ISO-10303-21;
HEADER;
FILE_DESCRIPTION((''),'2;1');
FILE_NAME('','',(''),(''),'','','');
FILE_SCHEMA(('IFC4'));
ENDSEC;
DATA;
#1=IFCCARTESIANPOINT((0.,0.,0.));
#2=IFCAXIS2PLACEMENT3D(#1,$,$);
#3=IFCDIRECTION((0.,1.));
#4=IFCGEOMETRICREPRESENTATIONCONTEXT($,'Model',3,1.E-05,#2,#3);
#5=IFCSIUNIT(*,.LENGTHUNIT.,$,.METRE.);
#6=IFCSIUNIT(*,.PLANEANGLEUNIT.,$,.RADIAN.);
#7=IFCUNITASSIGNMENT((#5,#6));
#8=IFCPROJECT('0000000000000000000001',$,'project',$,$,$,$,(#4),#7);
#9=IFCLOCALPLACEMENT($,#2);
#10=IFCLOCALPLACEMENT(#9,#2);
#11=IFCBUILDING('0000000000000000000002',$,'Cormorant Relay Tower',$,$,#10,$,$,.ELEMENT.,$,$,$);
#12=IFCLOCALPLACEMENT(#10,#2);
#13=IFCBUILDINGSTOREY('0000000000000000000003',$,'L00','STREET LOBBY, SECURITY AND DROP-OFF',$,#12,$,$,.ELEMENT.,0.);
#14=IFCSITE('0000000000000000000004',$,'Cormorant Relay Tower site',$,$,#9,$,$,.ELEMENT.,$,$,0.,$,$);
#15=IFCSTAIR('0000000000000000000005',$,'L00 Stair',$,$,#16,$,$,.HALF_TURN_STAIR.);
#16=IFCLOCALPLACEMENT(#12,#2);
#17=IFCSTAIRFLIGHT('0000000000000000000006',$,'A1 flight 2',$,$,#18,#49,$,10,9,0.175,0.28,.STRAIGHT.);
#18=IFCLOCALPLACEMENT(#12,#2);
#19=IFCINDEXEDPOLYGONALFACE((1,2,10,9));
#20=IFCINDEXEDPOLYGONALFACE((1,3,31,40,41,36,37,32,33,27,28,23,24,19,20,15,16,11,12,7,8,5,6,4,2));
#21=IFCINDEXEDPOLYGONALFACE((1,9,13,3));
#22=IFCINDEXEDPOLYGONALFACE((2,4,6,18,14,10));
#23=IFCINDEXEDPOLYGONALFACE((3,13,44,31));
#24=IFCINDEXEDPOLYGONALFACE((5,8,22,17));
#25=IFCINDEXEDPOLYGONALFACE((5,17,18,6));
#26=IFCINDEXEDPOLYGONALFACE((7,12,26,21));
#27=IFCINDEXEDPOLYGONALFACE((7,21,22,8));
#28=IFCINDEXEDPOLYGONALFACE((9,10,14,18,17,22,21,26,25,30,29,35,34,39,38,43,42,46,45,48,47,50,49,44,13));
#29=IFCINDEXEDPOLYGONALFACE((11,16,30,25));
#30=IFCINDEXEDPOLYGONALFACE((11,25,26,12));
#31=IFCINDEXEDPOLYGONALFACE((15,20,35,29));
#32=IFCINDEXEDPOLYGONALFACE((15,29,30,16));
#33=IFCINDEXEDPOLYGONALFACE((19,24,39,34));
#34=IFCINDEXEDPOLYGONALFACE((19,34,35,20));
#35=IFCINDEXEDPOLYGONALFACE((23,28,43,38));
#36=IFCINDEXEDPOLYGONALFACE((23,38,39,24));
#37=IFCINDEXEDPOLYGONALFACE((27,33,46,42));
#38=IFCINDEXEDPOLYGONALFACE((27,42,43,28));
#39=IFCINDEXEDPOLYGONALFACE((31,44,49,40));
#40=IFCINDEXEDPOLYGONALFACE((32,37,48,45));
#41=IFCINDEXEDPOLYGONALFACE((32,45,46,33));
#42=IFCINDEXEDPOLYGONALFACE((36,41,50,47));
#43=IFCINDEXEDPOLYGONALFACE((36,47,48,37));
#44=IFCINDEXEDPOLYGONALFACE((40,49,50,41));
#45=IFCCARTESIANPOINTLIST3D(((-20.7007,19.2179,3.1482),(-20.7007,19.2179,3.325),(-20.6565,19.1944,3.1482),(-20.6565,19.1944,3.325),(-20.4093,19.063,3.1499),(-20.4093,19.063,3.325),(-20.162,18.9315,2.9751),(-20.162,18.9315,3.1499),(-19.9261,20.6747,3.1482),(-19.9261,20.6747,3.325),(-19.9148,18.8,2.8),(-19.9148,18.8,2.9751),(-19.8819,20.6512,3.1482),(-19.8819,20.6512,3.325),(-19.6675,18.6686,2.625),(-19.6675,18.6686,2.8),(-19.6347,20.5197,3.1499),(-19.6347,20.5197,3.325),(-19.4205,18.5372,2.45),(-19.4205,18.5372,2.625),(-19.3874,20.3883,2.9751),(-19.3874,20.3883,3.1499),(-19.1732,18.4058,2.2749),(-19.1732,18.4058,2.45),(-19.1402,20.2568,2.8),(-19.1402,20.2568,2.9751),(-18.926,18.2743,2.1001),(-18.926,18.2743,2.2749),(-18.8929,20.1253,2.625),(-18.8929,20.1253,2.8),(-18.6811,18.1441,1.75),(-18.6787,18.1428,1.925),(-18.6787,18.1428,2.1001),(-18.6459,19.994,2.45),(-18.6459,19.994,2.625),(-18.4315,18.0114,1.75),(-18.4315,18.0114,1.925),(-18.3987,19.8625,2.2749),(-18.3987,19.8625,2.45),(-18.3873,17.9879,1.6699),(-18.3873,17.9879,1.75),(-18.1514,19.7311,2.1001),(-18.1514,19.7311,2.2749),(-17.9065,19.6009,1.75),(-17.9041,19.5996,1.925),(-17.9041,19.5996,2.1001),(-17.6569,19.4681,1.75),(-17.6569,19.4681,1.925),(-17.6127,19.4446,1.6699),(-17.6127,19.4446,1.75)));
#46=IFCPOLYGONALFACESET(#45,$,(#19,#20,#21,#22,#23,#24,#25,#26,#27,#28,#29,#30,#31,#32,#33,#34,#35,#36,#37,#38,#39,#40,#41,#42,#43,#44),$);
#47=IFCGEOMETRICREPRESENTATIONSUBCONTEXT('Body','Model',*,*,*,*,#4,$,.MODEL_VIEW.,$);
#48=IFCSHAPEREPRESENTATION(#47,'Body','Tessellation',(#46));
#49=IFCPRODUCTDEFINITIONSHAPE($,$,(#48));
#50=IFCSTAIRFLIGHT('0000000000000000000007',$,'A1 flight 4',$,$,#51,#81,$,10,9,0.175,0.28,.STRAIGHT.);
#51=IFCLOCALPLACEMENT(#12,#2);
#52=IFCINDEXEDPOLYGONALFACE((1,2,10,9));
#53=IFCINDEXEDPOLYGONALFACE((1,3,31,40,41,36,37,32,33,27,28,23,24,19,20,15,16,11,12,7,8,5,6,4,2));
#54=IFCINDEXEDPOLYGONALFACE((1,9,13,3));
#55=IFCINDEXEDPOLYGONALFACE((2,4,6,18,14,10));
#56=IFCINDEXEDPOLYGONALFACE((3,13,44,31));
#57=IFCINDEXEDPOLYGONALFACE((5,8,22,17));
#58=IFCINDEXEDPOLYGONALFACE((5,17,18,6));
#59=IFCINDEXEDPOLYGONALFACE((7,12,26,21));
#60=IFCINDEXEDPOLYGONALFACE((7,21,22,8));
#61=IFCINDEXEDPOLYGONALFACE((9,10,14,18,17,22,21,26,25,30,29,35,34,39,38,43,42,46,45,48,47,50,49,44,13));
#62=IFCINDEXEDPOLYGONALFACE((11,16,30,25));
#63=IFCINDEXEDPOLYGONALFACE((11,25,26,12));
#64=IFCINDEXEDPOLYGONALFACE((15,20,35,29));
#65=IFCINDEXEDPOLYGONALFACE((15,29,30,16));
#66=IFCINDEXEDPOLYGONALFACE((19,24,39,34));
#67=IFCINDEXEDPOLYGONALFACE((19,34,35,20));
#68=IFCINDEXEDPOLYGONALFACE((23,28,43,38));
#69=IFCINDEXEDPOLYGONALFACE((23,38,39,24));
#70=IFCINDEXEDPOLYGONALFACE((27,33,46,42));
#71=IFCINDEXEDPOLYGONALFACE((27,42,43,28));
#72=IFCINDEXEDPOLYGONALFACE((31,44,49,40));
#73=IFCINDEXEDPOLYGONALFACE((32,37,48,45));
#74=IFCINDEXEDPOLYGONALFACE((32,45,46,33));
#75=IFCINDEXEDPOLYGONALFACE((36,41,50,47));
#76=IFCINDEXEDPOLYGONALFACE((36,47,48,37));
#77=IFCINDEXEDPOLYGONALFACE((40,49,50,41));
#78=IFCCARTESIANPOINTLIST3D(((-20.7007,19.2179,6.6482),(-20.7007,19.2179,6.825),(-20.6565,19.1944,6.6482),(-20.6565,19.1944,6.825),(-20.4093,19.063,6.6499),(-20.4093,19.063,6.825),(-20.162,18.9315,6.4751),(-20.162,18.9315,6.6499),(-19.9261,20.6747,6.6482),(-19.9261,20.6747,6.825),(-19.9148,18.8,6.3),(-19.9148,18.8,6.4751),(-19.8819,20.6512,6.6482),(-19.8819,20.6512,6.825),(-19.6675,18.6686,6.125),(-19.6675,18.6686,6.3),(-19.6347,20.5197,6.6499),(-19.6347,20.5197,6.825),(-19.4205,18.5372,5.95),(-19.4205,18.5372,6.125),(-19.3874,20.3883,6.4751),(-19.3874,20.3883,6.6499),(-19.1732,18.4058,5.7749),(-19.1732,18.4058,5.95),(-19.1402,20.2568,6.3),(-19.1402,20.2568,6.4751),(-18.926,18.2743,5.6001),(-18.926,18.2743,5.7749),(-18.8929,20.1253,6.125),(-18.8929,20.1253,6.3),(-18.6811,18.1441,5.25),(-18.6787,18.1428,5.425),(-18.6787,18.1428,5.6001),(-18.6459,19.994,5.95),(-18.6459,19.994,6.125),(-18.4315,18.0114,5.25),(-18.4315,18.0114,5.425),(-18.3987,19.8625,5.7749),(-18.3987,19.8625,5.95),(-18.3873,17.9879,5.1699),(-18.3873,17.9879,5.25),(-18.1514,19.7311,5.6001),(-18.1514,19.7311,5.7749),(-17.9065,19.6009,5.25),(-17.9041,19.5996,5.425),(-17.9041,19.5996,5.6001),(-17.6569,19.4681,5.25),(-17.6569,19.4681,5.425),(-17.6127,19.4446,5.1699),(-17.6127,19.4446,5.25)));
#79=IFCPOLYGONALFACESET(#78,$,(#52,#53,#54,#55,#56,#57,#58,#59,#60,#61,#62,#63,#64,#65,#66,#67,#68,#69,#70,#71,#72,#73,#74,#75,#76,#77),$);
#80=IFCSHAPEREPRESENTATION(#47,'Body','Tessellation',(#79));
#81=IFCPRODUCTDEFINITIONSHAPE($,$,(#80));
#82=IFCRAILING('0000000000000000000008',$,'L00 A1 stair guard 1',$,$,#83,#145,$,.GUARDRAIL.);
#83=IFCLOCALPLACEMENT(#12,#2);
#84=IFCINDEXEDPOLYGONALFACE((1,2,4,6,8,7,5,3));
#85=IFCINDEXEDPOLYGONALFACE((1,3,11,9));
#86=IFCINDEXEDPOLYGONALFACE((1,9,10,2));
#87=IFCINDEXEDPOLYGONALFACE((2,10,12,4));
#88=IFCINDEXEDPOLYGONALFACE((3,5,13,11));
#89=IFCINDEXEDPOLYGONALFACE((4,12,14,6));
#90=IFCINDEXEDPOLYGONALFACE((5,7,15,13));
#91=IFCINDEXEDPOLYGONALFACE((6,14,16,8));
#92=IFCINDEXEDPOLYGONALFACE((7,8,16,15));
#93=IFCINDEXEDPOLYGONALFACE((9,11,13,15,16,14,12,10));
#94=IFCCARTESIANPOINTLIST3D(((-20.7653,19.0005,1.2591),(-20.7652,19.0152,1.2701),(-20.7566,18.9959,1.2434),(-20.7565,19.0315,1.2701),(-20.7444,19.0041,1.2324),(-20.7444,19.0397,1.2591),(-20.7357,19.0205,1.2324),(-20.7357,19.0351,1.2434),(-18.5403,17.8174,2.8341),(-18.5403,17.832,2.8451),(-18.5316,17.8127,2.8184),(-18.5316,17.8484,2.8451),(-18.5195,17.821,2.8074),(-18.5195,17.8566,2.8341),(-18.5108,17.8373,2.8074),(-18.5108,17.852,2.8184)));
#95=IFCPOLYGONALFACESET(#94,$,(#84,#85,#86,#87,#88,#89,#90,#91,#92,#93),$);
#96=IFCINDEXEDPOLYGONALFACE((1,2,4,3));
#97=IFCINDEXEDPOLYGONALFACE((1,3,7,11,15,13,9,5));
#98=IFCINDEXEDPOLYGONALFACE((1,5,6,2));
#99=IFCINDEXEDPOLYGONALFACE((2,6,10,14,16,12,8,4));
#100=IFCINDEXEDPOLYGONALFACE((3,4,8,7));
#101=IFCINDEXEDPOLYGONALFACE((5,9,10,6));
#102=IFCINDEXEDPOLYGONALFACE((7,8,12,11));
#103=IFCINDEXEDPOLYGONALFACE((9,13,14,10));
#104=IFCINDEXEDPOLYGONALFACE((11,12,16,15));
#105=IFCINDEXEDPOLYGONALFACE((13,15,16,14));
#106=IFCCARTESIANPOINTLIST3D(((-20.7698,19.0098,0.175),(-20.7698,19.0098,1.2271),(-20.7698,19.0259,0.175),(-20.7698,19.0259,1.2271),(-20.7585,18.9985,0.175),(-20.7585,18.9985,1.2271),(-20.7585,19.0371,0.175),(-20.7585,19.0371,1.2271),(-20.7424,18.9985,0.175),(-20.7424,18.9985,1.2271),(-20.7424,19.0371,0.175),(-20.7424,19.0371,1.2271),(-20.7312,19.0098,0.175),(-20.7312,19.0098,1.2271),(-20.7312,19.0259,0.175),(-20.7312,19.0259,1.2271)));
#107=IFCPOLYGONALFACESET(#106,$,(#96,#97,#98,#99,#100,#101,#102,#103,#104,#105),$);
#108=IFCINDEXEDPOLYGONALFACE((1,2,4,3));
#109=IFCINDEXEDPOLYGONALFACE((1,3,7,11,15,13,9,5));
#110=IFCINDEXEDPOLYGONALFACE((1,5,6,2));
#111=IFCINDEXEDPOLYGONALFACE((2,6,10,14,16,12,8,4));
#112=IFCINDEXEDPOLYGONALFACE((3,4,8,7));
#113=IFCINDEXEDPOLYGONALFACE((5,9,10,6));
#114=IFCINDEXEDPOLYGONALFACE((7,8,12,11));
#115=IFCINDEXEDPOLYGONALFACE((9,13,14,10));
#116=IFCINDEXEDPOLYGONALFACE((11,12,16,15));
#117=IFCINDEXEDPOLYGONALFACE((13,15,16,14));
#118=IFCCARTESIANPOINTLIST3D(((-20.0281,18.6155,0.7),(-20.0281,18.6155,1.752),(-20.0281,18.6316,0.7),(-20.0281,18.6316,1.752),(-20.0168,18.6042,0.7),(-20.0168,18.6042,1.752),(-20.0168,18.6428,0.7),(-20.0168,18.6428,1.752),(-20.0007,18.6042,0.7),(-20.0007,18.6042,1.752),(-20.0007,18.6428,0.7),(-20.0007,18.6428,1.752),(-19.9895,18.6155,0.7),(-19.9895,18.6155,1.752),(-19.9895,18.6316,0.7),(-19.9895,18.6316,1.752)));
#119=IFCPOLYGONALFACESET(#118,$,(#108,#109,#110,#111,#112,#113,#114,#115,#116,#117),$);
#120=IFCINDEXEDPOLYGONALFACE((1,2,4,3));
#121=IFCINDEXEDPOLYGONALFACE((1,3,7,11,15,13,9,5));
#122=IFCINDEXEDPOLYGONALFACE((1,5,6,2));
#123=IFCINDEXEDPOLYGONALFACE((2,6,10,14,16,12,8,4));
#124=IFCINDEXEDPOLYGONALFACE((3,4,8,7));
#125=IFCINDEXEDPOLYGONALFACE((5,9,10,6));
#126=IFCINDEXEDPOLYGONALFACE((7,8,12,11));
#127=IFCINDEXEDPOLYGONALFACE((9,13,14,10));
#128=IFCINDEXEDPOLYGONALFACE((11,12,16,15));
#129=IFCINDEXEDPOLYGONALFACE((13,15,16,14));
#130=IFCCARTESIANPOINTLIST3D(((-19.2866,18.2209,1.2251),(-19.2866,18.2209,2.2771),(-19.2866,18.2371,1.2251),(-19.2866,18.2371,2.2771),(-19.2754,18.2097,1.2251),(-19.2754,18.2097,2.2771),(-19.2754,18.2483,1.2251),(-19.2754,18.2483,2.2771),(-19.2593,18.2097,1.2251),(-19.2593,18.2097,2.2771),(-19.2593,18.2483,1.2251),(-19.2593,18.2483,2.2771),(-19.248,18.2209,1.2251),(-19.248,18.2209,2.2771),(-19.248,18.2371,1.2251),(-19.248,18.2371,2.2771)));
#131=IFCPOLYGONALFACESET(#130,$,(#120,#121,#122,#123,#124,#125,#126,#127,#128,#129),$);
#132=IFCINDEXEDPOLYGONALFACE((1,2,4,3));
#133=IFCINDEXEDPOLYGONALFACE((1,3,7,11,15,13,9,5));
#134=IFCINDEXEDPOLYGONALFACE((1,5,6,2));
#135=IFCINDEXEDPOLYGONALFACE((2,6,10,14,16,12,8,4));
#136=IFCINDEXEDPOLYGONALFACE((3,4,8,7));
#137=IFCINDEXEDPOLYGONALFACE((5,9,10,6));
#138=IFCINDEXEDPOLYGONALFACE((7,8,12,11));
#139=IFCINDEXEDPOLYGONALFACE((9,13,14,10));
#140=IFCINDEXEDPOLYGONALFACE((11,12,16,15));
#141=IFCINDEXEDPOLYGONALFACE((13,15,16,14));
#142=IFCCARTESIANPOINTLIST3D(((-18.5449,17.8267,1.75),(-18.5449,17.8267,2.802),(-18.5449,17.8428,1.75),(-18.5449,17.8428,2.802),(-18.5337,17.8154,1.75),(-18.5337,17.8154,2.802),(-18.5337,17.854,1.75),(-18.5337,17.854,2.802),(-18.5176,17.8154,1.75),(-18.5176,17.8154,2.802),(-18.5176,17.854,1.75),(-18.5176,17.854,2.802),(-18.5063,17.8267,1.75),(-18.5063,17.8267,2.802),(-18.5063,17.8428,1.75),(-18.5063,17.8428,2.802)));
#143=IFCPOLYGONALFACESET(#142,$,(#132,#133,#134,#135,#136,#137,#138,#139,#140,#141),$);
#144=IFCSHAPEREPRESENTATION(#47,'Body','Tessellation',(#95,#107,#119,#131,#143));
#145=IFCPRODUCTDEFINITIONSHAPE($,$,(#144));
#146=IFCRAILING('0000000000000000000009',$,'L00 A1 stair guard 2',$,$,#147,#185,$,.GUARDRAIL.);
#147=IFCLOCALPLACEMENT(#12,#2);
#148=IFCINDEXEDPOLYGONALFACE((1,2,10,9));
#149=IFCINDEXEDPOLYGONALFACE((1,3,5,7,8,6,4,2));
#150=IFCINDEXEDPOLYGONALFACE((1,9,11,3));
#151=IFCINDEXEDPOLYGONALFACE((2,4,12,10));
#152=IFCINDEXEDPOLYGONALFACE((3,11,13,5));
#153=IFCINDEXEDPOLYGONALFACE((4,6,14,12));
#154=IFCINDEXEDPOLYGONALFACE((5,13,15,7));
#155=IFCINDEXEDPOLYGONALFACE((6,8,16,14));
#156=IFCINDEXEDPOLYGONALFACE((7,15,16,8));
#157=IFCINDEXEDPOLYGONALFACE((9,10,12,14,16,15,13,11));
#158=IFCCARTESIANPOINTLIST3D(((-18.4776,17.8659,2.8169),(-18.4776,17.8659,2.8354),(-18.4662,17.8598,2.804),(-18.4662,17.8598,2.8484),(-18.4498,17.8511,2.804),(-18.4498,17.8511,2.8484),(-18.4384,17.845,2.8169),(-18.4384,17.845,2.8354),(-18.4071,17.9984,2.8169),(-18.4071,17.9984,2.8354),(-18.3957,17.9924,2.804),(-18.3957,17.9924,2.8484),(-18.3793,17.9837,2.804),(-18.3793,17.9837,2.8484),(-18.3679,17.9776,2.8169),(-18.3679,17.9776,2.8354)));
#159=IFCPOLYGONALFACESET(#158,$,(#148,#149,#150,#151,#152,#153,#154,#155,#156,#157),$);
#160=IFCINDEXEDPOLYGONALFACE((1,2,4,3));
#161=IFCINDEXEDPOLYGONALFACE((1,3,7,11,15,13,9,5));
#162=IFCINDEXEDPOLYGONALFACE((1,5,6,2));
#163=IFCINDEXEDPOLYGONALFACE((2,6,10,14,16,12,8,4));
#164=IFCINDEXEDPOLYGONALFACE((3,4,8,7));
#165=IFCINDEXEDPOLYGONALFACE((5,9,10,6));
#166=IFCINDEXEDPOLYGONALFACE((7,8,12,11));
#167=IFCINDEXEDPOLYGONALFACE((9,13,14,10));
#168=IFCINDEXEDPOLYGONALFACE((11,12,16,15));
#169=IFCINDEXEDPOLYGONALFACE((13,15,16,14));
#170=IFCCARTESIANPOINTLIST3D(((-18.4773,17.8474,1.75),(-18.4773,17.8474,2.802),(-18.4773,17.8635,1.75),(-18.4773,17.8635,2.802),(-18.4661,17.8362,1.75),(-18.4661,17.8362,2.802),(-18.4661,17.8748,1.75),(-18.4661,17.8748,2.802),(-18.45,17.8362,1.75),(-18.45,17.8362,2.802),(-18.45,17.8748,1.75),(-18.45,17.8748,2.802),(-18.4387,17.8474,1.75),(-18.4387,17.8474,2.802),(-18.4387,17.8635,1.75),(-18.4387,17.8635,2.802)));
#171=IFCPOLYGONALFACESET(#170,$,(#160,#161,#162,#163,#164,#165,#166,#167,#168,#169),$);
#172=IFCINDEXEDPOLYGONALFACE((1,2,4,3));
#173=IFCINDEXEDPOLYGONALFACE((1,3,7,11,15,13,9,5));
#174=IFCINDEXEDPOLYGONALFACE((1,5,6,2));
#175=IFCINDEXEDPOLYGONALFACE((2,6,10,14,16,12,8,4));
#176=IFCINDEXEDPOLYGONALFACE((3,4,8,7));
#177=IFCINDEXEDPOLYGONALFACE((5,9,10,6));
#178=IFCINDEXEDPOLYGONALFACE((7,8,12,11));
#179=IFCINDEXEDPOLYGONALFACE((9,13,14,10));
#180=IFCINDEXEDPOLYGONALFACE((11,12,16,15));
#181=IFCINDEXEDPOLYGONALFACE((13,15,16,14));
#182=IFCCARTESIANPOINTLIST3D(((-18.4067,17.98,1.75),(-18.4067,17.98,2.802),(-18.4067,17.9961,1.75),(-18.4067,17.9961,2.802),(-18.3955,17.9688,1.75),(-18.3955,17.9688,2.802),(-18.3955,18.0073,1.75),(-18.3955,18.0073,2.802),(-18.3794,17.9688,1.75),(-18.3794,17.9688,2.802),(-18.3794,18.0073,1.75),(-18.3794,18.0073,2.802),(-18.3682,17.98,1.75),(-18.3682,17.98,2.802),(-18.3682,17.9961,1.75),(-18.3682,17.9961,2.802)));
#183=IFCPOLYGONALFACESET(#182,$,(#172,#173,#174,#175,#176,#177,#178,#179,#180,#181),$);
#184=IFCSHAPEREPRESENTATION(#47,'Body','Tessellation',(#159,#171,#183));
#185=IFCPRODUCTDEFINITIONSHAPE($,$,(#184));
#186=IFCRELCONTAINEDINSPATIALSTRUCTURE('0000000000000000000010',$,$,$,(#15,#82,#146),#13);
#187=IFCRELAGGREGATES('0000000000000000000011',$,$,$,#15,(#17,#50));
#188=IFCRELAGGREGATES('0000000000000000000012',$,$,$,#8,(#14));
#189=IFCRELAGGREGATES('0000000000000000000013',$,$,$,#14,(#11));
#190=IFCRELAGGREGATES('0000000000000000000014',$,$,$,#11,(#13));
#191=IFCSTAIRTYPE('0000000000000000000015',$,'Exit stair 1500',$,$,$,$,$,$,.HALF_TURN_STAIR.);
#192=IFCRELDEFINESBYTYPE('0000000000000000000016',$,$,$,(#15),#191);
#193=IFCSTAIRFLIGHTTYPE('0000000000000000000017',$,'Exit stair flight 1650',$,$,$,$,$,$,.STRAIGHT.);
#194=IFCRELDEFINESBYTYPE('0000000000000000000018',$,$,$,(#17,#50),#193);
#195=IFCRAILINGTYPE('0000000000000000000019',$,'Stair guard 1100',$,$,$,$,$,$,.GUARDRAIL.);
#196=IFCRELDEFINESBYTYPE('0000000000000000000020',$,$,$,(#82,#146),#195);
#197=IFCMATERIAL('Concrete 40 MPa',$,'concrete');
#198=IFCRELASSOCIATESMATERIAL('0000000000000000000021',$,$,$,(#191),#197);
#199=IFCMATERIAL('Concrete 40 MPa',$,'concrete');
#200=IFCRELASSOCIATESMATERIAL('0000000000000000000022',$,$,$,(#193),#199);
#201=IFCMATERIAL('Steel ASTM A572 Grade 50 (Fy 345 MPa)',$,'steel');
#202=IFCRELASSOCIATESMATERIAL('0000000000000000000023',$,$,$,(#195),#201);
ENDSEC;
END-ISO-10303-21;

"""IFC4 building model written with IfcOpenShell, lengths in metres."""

from ifc_helpers import new_model, si_unit, direction, frame, origin, place, context, subcontext, project, spatial, polyline, outline, extrude, material, type_object, element, aggregate, save


model = new_model("IFC4")

# Units and contexts
model_context = context("Model", 3, precision=1e-05, world=origin(), true_north=direction((0.0, 1.0)))
body_context = subcontext(model_context, "Body", "Model", "MODEL_VIEW")
ifc_project = project(units=[si_unit("LENGTHUNIT", "METRE"), si_unit("PLANEANGLEUNIT", "RADIAN")], contexts=[model_context])

# Site, building, storey
site_placement = place(None, origin())
site = spatial("IfcSite", under=ifc_project, at=site_placement, Name="Cormorant Relay Tower site", CompositionType="ELEMENT", RefElevation=0.0)
building_placement = place(site_placement, origin())
building = spatial("IfcBuilding", under=site, at=building_placement, Name="Cormorant Relay Tower", CompositionType="ELEMENT")
storey_placement = place(building_placement, origin())
storey = spatial("IfcBuildingStorey", under=building, at=storey_placement, Name="L00", Description="STREET LOBBY, SECURITY AND DROP-OFF", CompositionType="ELEMENT", Elevation=0.0)

# Stair, stair flights
ifc_material_1 = material(Name="Concrete 40 MPa", Category="concrete")
stair_type = type_object("IfcStairType", Name="Exit stair 1500", PredefinedType="HALF_TURN_STAIR", material=ifc_material_1)
stair_placement = place(storey_placement, origin())
stair = element("IfcStair", 1, at=stair_placement, inside=storey, type_object=stair_type, Name="L00 Stair", PredefinedType="HALF_TURN_STAIR")
ifc_material_2 = material(Name="Concrete 40 MPa", Category="concrete")
stair_flight_type = type_object("IfcStairFlightType", Name="Exit stair flight 1650", PredefinedType="STRAIGHT", material=ifc_material_2)
stair_flight_1_placement = place(storey_placement, frame((-18.0442, 18.7397, 1.75), z_axis=(0.0, 0.0, 1.0), x_axis=(-0.882948, 0.469472, 0.0)))
stair_flight_1 = element("IfcStairFlight", 2, at=stair_flight_1_placement, type_object=stair_flight_type, Name="A1 flight 2", NumberOfRisers=10, NumberOfTreads=9, PredefinedType="STRAIGHT", RiserHeight=0.175, TreadLength=0.28, context=body_context, shape_type="SweptSolid", body=[
    extrude(outline(polyline([(-0.05, -0.0801), (-0.05, 0.0), (0.0, 0.0), (0.0, 0.175), (0.28, 0.175), (0.28, 0.3501), (0.5601, 0.3501), (0.5601, 0.5249), (0.8401, 0.5249), (0.8401, 0.7), (1.1201, 0.7), (1.1201, 0.875), (1.3999, 0.875), (1.3999, 1.05), (1.6799, 1.05), (1.6799, 1.2251), (1.96, 1.2251), (1.96, 1.3999), (2.24, 1.3999), (2.24, 1.575), (2.52, 1.575), (2.5701, 1.575), (2.5701, 1.3982), (2.52, 1.3982), (0.2827, 0.0), (-0.05, -0.0801)])), frame((0.0, 0.825, 0.0), z_axis=(0.0, -1.0, 0.0), x_axis=(1.0, 0.0, 0.0)), (0.0, 0.0, 1.0), 1.6499),
])
stair_flight_2_placement = place(storey_placement, frame((-18.0442, 18.7397, 5.25), z_axis=(0.0, 0.0, 1.0), x_axis=(-0.882948, 0.469472, 0.0)))
stair_flight_2 = element("IfcStairFlight", 3, at=stair_flight_2_placement, type_object=stair_flight_type, Name="A1 flight 4", NumberOfRisers=10, NumberOfTreads=9, PredefinedType="STRAIGHT", RiserHeight=0.175, TreadLength=0.28, context=body_context, shape_type="SweptSolid", body=[
    extrude(outline(polyline([(-0.05, -0.0801), (-0.05, 0.0), (0.0, 0.0), (0.0, 0.175), (0.28, 0.175), (0.28, 0.3501), (0.5601, 0.3501), (0.5601, 0.5249), (0.8401, 0.5249), (0.8401, 0.7), (1.1201, 0.7), (1.1201, 0.875), (1.3999, 0.875), (1.3999, 1.05), (1.6799, 1.05), (1.6799, 1.2251), (1.96, 1.2251), (1.96, 1.3999), (2.24, 1.3999), (2.24, 1.575), (2.52, 1.575), (2.5701, 1.575), (2.5701, 1.3982), (2.52, 1.3982), (0.2827, 0.0), (-0.05, -0.0801)])), frame((0.0, 0.825, 0.0), z_axis=(0.0, -1.0, 0.0), x_axis=(1.0, 0.0, 0.0)), (0.0, 0.0, 1.0), 1.6499),
])
aggregate(stair, [stair_flight_1, stair_flight_2])

# Railings
ifc_material_3 = material(Name="Steel ASTM A572 Grade 50 (Fy 345 MPa)", Category="steel")
railing_type = type_object("IfcRailingType", Name="Stair guard 1100", PredefinedType="GUARDRAIL", material=ifc_material_3)
railing_1_placement = place(storey_placement, frame((-20.7505, 19.0178, 0.175)))
element("IfcRailing", 4, at=railing_1_placement, inside=storey, type_object=railing_type, Name="L00 A1 stair guard 1", PredefinedType="GUARDRAIL", context=body_context, shape_type="SweptSolid", body=[
    extrude(outline(polyline([(0.0222, 0.0093), (0.0093, 0.0222), (-0.0093, 0.0222), (-0.0222, 0.0093), (-0.0222, -0.0093), (-0.0093, -0.0222), (0.0093, -0.0222), (0.0222, -0.0093), (0.0222, 0.0093)])), frame((0.0, 0.0, 1.0762), z_axis=(0.748715, -0.398143, 0.530008), x_axis=(0.469512, 0.882926, 0.0)), (0.0, 0.0, 1.0), 2.9717),
    extrude(outline(polyline([(0.0193, 0.0081), (0.0081, 0.0193), (-0.0081, 0.0193), (-0.0193, 0.0081), (-0.0193, -0.0081), (-0.0081, -0.0193), (0.0081, -0.0193), (0.0193, -0.0081), (0.0193, 0.0081)])), origin(), (0.0, 0.0, 1.0), 1.052),
    extrude(outline(polyline([(0.0193, 0.0081), (0.0081, 0.0193), (-0.0081, 0.0193), (-0.0193, 0.0081), (-0.0193, -0.0081), (-0.0081, -0.0193), (0.0081, -0.0193), (0.0193, -0.0081), (0.0193, 0.0081)])), frame((0.7417, -0.3943, 0.5249)), (0.0, 0.0, 1.0), 1.052),
    extrude(outline(polyline([(0.0193, 0.0081), (0.0081, 0.0193), (-0.0081, 0.0193), (-0.0193, 0.0081), (-0.0193, -0.0081), (-0.0081, -0.0193), (0.0081, -0.0193), (0.0193, -0.0081), (0.0193, 0.0081)])), frame((1.4832, -0.7888, 1.05)), (0.0, 0.0, 1.0), 1.052),
    extrude(outline(polyline([(0.0193, 0.0081), (0.0081, 0.0193), (-0.0081, 0.0193), (-0.0193, 0.0081), (-0.0193, -0.0081), (-0.0081, -0.0193), (0.0081, -0.0193), (0.0193, -0.0081), (0.0193, 0.0081)])), frame((2.2249, -1.1831, 1.575)), (0.0, 0.0, 1.0), 1.052),
])
railing_2_placement = place(storey_placement, frame((-18.458, 17.8555, 1.75)))
element("IfcRailing", 5, at=railing_2_placement, inside=storey, type_object=railing_type, Name="L00 A1 stair guard 2", PredefinedType="GUARDRAIL", context=body_context, shape_type="SweptSolid", body=[
    extrude(outline(polyline([(0.0222, 0.0093), (0.0093, 0.0222), (-0.0093, 0.0222), (-0.0222, 0.0093), (-0.0222, -0.0093), (-0.0093, -0.0222), (0.0093, -0.0222), (0.0222, -0.0093), (0.0222, 0.0093)])), frame((0.0, 0.0, 1.0762), z_axis=(0.469829, 0.882758, 0.0), x_axis=(-0.882758, 0.469829, 0.0)), (0.0, 0.0, 1.0), 0.1501),
    extrude(outline(polyline([(0.0193, 0.0081), (0.0081, 0.0193), (-0.0081, 0.0193), (-0.0193, 0.0081), (-0.0193, -0.0081), (-0.0081, -0.0193), (0.0081, -0.0193), (0.0193, -0.0081), (0.0193, 0.0081)])), origin(), (0.0, 0.0, 1.0), 1.052),
    extrude(outline(polyline([(0.0193, 0.0081), (0.0081, 0.0193), (-0.0081, 0.0193), (-0.0193, 0.0081), (-0.0193, -0.0081), (-0.0081, -0.0193), (0.0081, -0.0193), (0.0193, -0.0081), (0.0193, 0.0081)])), frame((0.0706, 0.1326, 0.0)), (0.0, 0.0, 1.0), 1.052),
])

save(model, "model.ifc")
